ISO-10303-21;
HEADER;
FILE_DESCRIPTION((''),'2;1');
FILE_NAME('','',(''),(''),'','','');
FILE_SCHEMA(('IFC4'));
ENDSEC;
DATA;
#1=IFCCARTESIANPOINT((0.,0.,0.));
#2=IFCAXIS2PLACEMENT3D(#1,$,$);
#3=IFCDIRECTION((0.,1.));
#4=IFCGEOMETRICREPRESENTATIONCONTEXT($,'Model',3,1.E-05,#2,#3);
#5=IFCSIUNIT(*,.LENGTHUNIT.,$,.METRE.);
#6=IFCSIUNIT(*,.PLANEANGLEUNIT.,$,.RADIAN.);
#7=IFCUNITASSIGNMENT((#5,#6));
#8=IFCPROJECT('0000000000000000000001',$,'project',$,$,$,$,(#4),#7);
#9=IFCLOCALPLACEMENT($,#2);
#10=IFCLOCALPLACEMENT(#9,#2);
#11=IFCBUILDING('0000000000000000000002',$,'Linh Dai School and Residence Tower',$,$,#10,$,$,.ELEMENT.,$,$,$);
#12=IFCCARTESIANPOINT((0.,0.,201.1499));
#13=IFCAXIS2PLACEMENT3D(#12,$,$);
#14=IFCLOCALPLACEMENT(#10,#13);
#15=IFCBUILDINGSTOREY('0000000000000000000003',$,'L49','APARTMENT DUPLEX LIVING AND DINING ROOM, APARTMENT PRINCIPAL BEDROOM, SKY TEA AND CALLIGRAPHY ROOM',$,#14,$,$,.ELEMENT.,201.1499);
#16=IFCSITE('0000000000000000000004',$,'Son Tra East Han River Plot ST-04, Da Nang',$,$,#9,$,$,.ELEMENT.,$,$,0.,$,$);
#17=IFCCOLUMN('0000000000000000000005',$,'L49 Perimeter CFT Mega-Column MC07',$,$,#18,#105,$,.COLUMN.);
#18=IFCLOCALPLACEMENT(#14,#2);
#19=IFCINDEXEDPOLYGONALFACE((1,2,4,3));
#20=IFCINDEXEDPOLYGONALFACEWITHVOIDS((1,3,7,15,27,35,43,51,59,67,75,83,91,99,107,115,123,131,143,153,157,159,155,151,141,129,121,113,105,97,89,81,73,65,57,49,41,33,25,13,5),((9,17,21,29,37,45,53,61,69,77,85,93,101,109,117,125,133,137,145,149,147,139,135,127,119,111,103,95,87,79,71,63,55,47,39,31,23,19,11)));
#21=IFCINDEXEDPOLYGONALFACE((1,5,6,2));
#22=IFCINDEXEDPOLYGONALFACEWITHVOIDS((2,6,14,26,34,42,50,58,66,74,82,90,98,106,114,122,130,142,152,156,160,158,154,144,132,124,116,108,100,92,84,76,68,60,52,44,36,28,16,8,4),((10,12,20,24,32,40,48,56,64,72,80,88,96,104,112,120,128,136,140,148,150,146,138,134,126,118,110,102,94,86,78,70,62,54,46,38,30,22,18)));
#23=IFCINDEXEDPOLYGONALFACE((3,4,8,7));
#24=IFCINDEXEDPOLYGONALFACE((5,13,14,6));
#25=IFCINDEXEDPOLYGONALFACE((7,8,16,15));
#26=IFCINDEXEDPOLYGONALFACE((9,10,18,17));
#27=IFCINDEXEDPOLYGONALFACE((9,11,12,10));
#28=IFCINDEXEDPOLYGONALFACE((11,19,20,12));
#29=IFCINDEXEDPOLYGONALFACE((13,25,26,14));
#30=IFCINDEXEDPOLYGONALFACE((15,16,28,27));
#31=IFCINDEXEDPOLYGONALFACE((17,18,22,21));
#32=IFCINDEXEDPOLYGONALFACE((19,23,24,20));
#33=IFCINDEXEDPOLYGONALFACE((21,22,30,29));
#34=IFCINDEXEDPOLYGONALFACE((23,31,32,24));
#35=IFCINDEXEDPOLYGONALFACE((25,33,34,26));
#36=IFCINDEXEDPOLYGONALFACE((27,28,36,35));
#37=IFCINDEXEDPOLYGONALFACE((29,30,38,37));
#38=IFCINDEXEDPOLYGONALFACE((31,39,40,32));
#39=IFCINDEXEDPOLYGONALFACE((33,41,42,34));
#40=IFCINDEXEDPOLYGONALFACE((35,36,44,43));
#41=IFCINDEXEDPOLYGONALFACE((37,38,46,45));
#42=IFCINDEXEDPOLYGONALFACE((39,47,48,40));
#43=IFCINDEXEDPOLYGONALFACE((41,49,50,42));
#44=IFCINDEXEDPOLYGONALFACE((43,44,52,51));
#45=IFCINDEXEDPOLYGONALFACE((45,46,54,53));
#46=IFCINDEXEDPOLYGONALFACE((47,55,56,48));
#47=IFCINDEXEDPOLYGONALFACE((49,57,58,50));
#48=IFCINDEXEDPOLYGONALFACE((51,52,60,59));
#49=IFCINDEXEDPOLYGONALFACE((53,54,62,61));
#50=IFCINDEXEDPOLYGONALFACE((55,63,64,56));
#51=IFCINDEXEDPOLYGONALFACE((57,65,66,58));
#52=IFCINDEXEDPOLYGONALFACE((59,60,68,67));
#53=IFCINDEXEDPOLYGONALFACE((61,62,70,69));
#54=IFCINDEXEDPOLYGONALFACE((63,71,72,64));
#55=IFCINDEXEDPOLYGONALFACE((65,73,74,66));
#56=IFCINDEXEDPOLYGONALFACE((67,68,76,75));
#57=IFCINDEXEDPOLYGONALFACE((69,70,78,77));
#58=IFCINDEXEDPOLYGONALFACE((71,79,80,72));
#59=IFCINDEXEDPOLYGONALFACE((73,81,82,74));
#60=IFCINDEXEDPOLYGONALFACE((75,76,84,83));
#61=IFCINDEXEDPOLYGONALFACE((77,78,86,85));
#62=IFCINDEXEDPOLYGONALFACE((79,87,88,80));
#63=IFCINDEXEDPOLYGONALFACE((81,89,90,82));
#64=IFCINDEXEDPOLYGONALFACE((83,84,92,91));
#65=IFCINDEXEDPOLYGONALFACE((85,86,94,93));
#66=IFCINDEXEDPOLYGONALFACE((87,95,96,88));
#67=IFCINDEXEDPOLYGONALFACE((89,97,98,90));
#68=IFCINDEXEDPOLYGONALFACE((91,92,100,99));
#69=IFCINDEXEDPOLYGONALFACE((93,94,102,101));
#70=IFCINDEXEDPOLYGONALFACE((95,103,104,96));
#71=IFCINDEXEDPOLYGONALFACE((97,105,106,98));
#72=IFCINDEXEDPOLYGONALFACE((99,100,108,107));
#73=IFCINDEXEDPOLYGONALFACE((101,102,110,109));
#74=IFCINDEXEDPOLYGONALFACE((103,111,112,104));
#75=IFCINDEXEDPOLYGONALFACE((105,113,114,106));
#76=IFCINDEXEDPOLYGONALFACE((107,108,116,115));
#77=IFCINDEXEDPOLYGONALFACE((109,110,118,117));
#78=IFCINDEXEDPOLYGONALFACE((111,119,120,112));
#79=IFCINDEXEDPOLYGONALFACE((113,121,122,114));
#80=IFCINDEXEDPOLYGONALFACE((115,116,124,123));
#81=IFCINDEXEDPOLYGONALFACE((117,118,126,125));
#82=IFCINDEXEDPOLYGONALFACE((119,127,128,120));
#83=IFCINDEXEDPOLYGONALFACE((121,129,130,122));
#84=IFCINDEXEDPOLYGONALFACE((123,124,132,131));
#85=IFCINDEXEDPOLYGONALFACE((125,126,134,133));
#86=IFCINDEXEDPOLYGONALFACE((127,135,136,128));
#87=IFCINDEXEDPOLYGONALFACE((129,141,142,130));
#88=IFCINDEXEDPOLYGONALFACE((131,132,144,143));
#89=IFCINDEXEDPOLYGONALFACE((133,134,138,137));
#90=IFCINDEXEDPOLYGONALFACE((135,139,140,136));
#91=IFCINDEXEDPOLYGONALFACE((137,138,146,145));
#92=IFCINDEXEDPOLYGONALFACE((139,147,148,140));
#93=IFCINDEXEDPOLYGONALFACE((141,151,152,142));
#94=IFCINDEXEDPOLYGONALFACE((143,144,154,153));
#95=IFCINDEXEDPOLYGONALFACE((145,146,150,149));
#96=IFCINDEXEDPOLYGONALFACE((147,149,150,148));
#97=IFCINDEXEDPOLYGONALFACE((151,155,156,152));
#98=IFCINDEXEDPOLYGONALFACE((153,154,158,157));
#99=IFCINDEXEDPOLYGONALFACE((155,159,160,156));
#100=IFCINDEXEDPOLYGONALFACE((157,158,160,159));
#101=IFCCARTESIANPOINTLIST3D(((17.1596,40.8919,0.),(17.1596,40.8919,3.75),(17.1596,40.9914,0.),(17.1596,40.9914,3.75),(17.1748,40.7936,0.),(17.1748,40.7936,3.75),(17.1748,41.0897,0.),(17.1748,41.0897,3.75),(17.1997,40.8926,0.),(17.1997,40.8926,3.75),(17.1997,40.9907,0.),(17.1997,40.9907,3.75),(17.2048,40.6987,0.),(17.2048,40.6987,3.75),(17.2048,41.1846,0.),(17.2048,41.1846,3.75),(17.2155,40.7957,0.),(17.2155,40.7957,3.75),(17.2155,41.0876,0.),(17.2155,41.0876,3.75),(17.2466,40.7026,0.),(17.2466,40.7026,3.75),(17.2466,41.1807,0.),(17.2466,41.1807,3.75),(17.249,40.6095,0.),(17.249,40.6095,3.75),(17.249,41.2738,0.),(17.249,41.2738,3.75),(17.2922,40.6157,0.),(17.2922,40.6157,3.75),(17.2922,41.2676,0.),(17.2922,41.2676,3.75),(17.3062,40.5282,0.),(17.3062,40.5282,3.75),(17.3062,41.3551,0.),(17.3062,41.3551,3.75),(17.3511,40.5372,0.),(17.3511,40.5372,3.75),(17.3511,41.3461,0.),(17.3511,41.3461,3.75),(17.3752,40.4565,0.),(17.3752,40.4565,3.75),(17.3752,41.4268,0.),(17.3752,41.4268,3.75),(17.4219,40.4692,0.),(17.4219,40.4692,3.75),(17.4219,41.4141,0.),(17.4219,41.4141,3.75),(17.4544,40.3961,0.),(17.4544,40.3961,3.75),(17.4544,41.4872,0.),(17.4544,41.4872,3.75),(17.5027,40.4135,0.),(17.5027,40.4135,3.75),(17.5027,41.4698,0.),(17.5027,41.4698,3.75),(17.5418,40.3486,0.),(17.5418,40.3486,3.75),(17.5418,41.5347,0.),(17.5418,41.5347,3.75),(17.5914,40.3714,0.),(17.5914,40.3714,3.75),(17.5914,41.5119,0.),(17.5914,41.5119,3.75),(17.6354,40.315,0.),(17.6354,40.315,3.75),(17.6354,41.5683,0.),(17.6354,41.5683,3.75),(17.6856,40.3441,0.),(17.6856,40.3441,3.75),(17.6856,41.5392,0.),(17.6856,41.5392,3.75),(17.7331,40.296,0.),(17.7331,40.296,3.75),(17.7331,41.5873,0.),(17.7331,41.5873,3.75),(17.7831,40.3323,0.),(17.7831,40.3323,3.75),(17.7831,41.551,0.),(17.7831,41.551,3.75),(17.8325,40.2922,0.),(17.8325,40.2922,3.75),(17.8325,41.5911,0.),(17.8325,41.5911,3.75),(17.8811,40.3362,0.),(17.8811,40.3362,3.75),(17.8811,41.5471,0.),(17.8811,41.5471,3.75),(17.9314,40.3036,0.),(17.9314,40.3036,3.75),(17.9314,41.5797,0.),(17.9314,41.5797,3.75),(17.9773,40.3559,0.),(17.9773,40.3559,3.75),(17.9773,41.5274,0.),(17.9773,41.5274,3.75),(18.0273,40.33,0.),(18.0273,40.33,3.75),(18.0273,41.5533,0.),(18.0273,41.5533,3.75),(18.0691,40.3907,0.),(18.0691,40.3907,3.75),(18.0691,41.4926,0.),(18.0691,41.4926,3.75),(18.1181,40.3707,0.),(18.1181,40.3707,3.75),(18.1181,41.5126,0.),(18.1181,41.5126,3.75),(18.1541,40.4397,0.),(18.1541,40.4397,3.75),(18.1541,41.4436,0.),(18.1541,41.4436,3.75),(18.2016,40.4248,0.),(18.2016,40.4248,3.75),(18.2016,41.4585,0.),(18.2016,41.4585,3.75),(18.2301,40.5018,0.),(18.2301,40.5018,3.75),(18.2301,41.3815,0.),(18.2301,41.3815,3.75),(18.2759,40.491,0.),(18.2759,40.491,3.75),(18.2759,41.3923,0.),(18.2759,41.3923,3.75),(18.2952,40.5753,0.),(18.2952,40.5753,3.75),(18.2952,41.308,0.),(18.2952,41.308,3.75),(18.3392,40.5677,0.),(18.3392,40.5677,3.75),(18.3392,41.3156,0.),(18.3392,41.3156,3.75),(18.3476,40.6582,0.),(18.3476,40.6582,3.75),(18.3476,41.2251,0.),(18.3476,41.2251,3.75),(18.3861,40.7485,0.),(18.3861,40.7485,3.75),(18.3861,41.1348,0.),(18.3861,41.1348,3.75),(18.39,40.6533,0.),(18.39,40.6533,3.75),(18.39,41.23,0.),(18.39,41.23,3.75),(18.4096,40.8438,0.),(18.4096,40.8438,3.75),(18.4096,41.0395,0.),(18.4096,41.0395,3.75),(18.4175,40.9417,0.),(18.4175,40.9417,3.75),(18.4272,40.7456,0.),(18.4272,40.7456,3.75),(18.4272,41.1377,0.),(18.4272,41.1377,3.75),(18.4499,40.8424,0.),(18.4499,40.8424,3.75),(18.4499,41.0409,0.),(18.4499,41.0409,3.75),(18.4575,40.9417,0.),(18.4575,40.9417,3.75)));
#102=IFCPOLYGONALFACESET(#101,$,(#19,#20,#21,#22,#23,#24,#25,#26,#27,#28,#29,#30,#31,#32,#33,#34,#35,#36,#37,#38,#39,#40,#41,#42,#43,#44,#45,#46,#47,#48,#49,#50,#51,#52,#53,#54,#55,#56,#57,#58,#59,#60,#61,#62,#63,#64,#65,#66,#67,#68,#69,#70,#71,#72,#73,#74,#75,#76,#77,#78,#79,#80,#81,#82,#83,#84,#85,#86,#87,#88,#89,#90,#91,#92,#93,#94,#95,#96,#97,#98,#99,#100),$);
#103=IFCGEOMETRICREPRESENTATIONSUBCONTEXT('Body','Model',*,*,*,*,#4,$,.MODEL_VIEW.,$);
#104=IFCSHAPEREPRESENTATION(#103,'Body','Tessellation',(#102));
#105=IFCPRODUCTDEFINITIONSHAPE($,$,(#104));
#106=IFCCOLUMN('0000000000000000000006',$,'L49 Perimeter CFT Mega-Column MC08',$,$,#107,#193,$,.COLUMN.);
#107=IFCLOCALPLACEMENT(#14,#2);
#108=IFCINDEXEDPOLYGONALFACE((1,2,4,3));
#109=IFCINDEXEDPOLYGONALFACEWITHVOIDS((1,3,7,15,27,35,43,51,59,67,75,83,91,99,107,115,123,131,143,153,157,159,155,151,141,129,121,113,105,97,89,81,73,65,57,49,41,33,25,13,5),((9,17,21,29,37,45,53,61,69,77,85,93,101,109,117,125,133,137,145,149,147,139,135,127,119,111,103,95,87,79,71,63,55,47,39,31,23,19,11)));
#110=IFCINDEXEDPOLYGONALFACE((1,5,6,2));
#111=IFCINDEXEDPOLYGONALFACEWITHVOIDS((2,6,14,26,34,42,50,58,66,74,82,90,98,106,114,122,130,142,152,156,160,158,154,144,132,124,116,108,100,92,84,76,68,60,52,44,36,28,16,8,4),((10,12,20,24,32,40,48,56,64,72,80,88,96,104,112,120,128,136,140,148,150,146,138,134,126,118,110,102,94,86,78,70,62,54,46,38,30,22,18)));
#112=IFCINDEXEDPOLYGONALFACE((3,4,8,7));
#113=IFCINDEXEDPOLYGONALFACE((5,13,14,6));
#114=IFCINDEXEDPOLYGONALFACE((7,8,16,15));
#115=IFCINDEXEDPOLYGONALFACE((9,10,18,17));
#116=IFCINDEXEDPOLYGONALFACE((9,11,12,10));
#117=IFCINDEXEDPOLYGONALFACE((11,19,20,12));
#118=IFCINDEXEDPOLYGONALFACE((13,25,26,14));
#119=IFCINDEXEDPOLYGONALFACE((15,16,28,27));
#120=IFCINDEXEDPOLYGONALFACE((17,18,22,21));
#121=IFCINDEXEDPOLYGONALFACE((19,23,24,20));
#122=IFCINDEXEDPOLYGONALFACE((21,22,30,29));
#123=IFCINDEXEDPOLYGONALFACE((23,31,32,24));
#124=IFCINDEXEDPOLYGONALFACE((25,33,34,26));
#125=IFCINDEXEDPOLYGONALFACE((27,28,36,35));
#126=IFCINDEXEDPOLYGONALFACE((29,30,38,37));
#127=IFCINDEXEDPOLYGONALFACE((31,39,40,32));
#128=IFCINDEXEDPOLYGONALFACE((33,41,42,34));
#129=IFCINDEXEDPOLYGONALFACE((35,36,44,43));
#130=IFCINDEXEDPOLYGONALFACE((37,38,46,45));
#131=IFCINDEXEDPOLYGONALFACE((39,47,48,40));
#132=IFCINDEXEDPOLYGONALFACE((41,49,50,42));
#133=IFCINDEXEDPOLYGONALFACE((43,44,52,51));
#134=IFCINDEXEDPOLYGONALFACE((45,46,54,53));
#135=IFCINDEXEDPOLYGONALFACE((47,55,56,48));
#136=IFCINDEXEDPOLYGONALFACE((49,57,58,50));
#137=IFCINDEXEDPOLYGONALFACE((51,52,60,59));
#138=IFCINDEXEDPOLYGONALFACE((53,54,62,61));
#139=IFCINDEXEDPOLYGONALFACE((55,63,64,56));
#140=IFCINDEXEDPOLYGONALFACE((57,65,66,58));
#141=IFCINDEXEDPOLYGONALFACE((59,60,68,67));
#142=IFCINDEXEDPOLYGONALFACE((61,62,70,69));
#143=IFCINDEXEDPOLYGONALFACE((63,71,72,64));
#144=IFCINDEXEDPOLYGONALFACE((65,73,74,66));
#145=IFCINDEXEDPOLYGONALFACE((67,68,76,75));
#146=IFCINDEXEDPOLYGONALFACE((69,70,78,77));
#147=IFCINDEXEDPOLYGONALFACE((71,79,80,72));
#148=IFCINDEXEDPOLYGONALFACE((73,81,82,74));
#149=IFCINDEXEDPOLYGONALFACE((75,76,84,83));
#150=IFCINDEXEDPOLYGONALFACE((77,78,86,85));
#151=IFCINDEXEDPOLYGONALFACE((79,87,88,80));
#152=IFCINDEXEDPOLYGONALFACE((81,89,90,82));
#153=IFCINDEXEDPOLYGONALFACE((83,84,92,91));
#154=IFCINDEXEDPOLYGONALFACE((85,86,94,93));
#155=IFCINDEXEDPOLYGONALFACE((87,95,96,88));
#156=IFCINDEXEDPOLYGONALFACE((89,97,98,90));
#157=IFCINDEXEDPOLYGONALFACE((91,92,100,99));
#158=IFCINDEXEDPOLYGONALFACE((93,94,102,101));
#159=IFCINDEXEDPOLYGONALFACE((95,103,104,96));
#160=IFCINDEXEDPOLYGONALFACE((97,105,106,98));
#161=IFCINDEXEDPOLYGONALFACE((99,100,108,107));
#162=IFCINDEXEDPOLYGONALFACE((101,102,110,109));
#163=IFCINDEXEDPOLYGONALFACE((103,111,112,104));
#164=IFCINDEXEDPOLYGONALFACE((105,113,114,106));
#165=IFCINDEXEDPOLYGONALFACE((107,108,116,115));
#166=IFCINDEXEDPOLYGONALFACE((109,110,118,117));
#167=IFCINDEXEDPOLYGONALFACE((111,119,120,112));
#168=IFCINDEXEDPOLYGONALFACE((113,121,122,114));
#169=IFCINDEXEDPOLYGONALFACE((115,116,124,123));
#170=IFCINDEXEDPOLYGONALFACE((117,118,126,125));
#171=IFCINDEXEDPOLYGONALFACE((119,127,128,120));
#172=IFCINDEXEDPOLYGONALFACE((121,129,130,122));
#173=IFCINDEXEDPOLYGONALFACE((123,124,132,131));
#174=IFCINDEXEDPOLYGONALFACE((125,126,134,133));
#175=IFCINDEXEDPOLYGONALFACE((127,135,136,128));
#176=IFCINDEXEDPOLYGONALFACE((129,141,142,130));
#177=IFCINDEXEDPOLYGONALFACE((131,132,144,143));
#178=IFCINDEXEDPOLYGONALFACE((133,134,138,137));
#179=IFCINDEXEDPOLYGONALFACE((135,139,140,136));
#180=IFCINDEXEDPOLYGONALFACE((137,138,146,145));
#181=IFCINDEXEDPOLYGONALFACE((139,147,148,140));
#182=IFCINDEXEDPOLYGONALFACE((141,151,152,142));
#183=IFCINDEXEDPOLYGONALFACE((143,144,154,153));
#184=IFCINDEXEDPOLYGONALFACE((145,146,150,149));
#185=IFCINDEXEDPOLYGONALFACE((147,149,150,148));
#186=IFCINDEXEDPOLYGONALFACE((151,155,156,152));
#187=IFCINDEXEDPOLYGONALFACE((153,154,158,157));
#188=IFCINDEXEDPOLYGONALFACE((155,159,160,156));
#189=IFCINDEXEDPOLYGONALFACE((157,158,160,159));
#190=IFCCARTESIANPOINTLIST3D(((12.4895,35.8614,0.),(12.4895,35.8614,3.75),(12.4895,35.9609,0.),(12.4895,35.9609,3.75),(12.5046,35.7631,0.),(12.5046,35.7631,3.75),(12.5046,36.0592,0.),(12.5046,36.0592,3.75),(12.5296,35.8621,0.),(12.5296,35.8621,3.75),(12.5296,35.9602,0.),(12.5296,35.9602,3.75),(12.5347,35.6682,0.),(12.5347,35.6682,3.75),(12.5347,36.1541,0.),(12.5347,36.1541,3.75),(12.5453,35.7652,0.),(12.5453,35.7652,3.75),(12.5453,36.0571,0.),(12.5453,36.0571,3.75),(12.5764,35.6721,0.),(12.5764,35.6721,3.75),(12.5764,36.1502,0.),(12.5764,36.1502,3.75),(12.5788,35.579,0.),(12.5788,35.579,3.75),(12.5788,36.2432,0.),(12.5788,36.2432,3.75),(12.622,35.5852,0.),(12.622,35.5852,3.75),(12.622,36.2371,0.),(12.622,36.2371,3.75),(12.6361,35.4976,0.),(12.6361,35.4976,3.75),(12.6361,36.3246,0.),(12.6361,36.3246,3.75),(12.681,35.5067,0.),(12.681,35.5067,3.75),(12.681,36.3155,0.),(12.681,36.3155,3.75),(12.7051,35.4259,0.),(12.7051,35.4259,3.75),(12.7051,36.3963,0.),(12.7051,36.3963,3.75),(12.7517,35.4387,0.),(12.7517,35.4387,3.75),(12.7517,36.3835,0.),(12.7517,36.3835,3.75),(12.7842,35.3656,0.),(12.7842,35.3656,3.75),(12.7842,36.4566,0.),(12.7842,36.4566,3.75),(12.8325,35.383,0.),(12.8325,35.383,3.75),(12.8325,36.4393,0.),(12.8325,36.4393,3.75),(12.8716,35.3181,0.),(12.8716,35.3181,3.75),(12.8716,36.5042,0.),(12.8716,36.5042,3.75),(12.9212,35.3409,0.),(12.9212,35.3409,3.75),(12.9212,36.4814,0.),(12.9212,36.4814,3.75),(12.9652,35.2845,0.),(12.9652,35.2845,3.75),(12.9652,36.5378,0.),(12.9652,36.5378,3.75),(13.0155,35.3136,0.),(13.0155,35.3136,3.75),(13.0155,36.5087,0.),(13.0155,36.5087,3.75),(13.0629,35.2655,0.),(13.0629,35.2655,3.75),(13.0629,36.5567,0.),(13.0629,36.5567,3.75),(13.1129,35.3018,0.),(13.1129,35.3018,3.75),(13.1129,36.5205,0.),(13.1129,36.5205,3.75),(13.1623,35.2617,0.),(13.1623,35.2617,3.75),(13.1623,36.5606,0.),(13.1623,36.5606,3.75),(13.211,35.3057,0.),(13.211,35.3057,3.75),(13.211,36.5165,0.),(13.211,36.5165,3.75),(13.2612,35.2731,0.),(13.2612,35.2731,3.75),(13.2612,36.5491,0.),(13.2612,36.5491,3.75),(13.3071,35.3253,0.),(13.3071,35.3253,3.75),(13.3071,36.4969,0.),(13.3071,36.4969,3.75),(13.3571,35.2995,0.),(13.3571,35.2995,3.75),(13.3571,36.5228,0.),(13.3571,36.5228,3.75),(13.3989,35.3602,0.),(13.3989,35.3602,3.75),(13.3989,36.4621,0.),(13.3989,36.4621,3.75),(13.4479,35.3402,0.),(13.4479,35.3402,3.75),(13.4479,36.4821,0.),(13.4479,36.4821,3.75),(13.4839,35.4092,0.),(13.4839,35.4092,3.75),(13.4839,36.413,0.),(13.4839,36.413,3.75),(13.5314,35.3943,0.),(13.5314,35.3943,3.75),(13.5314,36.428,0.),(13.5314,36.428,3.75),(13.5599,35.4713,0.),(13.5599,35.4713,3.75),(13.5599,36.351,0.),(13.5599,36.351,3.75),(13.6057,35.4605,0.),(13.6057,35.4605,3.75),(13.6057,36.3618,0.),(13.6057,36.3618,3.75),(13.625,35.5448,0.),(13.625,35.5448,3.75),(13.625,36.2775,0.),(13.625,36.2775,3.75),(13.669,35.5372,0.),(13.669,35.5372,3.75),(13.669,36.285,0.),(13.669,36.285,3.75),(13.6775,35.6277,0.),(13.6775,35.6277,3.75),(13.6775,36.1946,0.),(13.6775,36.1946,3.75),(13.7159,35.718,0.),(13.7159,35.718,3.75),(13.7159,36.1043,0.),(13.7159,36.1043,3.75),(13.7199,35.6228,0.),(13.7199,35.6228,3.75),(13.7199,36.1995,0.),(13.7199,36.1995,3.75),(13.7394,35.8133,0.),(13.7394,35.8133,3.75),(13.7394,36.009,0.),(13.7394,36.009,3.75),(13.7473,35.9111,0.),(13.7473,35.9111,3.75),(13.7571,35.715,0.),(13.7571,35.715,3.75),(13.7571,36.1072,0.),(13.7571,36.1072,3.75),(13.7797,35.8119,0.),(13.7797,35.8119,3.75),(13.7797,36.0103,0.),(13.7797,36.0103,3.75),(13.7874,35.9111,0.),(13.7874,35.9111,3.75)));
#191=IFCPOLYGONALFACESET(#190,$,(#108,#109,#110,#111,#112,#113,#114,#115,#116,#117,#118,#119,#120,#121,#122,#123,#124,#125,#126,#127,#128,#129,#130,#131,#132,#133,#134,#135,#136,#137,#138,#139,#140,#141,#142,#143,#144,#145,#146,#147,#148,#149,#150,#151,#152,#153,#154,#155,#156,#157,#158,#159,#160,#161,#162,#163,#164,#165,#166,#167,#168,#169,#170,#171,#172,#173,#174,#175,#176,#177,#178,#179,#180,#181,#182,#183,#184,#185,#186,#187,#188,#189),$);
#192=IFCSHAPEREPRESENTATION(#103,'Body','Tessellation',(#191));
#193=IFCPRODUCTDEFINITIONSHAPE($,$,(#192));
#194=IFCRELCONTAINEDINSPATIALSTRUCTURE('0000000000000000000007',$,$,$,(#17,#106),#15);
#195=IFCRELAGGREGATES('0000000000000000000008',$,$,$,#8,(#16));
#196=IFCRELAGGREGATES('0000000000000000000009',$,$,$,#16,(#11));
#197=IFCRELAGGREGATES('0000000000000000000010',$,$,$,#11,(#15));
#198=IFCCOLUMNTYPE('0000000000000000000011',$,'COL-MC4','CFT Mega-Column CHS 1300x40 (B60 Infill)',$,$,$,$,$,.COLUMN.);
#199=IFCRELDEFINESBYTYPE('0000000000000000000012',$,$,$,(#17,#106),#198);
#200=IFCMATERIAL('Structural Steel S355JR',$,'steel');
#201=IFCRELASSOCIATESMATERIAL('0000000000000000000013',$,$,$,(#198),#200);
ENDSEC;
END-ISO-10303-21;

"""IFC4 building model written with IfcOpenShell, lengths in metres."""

from ifc_helpers import new_model, si_unit, direction, frame, origin, origin_2d, place, context, subcontext, project, spatial, hollow_circle, extrude, material, material_profile, profile_set, type_object, element, save


model = new_model("IFC4")

# Units and contexts
model_context = context("Model", 3, precision=1e-05, world=origin(), true_north=direction((0.0, 1.0)))
body_context = subcontext(model_context, "Body", "Model", "MODEL_VIEW")
ifc_project = project(units=[si_unit("LENGTHUNIT", "METRE"), si_unit("PLANEANGLEUNIT", "RADIAN")], contexts=[model_context])

# Site, building, storey
site_placement = place(None, origin())
site = spatial("IfcSite", under=ifc_project, at=site_placement, Name="Son Tra East Han River Plot ST-04, Da Nang", CompositionType="ELEMENT", RefElevation=0.0)
building_placement = place(site_placement, origin())
building = spatial("IfcBuilding", under=site, at=building_placement, Name="Linh Dai School and Residence Tower", CompositionType="ELEMENT")
storey_placement = place(building_placement, frame((0.0, 0.0, 201.1499)))
storey = spatial("IfcBuildingStorey", under=building, at=storey_placement, Name="L49", Description="APARTMENT DUPLEX LIVING AND DINING ROOM, APARTMENT PRINCIPAL BEDROOM, SKY TEA AND CALLIGRAPHY ROOM", CompositionType="ELEMENT", Elevation=201.1499)

# Columns
ifc_material_1 = material(Name="Structural Steel S355JR", Category="steel")
ifc_material_profile_1 = material_profile(ifc_material_1, hollow_circle(Radius=0.6499, WallThickness=0.04, at=origin_2d()), Name="CHS 1300x40")
ifc_profile_set_1 = profile_set([ifc_material_profile_1], Name="Structural Steel S355JR")
column_type = type_object("IfcColumnType", Name="COL-MC4", Description="CFT Mega-Column CHS 1300x40 (B60 Infill)", PredefinedType="COLUMN", material=ifc_profile_set_1)
for number, where, z_axis, x_axis, name in (
    (1, (17.8076, 40.9417, 0.0), (0.0, 0.0, 1.0), (1.0, 0.0, 0.0), "L49 Perimeter CFT Mega-Column MC07"),
    (2, (13.1375, 35.9111, 0.0), (0.0, 0.0, 1.0), (1.0, 0.0, 0.0), "L49 Perimeter CFT Mega-Column MC08"),
):
    element("IfcColumn", number, at=place(storey_placement, frame(where, z_axis=z_axis, x_axis=x_axis)), inside=storey, type_object=column_type, Name=name, PredefinedType="COLUMN", context=body_context, shape_type="SweptSolid", body=[
        extrude(hollow_circle(Radius=0.6499, WallThickness=0.04, at=origin_2d()), origin(), (0.0, 0.0, 1.0), 3.75),
    ])

save(model, "model.ifc")
